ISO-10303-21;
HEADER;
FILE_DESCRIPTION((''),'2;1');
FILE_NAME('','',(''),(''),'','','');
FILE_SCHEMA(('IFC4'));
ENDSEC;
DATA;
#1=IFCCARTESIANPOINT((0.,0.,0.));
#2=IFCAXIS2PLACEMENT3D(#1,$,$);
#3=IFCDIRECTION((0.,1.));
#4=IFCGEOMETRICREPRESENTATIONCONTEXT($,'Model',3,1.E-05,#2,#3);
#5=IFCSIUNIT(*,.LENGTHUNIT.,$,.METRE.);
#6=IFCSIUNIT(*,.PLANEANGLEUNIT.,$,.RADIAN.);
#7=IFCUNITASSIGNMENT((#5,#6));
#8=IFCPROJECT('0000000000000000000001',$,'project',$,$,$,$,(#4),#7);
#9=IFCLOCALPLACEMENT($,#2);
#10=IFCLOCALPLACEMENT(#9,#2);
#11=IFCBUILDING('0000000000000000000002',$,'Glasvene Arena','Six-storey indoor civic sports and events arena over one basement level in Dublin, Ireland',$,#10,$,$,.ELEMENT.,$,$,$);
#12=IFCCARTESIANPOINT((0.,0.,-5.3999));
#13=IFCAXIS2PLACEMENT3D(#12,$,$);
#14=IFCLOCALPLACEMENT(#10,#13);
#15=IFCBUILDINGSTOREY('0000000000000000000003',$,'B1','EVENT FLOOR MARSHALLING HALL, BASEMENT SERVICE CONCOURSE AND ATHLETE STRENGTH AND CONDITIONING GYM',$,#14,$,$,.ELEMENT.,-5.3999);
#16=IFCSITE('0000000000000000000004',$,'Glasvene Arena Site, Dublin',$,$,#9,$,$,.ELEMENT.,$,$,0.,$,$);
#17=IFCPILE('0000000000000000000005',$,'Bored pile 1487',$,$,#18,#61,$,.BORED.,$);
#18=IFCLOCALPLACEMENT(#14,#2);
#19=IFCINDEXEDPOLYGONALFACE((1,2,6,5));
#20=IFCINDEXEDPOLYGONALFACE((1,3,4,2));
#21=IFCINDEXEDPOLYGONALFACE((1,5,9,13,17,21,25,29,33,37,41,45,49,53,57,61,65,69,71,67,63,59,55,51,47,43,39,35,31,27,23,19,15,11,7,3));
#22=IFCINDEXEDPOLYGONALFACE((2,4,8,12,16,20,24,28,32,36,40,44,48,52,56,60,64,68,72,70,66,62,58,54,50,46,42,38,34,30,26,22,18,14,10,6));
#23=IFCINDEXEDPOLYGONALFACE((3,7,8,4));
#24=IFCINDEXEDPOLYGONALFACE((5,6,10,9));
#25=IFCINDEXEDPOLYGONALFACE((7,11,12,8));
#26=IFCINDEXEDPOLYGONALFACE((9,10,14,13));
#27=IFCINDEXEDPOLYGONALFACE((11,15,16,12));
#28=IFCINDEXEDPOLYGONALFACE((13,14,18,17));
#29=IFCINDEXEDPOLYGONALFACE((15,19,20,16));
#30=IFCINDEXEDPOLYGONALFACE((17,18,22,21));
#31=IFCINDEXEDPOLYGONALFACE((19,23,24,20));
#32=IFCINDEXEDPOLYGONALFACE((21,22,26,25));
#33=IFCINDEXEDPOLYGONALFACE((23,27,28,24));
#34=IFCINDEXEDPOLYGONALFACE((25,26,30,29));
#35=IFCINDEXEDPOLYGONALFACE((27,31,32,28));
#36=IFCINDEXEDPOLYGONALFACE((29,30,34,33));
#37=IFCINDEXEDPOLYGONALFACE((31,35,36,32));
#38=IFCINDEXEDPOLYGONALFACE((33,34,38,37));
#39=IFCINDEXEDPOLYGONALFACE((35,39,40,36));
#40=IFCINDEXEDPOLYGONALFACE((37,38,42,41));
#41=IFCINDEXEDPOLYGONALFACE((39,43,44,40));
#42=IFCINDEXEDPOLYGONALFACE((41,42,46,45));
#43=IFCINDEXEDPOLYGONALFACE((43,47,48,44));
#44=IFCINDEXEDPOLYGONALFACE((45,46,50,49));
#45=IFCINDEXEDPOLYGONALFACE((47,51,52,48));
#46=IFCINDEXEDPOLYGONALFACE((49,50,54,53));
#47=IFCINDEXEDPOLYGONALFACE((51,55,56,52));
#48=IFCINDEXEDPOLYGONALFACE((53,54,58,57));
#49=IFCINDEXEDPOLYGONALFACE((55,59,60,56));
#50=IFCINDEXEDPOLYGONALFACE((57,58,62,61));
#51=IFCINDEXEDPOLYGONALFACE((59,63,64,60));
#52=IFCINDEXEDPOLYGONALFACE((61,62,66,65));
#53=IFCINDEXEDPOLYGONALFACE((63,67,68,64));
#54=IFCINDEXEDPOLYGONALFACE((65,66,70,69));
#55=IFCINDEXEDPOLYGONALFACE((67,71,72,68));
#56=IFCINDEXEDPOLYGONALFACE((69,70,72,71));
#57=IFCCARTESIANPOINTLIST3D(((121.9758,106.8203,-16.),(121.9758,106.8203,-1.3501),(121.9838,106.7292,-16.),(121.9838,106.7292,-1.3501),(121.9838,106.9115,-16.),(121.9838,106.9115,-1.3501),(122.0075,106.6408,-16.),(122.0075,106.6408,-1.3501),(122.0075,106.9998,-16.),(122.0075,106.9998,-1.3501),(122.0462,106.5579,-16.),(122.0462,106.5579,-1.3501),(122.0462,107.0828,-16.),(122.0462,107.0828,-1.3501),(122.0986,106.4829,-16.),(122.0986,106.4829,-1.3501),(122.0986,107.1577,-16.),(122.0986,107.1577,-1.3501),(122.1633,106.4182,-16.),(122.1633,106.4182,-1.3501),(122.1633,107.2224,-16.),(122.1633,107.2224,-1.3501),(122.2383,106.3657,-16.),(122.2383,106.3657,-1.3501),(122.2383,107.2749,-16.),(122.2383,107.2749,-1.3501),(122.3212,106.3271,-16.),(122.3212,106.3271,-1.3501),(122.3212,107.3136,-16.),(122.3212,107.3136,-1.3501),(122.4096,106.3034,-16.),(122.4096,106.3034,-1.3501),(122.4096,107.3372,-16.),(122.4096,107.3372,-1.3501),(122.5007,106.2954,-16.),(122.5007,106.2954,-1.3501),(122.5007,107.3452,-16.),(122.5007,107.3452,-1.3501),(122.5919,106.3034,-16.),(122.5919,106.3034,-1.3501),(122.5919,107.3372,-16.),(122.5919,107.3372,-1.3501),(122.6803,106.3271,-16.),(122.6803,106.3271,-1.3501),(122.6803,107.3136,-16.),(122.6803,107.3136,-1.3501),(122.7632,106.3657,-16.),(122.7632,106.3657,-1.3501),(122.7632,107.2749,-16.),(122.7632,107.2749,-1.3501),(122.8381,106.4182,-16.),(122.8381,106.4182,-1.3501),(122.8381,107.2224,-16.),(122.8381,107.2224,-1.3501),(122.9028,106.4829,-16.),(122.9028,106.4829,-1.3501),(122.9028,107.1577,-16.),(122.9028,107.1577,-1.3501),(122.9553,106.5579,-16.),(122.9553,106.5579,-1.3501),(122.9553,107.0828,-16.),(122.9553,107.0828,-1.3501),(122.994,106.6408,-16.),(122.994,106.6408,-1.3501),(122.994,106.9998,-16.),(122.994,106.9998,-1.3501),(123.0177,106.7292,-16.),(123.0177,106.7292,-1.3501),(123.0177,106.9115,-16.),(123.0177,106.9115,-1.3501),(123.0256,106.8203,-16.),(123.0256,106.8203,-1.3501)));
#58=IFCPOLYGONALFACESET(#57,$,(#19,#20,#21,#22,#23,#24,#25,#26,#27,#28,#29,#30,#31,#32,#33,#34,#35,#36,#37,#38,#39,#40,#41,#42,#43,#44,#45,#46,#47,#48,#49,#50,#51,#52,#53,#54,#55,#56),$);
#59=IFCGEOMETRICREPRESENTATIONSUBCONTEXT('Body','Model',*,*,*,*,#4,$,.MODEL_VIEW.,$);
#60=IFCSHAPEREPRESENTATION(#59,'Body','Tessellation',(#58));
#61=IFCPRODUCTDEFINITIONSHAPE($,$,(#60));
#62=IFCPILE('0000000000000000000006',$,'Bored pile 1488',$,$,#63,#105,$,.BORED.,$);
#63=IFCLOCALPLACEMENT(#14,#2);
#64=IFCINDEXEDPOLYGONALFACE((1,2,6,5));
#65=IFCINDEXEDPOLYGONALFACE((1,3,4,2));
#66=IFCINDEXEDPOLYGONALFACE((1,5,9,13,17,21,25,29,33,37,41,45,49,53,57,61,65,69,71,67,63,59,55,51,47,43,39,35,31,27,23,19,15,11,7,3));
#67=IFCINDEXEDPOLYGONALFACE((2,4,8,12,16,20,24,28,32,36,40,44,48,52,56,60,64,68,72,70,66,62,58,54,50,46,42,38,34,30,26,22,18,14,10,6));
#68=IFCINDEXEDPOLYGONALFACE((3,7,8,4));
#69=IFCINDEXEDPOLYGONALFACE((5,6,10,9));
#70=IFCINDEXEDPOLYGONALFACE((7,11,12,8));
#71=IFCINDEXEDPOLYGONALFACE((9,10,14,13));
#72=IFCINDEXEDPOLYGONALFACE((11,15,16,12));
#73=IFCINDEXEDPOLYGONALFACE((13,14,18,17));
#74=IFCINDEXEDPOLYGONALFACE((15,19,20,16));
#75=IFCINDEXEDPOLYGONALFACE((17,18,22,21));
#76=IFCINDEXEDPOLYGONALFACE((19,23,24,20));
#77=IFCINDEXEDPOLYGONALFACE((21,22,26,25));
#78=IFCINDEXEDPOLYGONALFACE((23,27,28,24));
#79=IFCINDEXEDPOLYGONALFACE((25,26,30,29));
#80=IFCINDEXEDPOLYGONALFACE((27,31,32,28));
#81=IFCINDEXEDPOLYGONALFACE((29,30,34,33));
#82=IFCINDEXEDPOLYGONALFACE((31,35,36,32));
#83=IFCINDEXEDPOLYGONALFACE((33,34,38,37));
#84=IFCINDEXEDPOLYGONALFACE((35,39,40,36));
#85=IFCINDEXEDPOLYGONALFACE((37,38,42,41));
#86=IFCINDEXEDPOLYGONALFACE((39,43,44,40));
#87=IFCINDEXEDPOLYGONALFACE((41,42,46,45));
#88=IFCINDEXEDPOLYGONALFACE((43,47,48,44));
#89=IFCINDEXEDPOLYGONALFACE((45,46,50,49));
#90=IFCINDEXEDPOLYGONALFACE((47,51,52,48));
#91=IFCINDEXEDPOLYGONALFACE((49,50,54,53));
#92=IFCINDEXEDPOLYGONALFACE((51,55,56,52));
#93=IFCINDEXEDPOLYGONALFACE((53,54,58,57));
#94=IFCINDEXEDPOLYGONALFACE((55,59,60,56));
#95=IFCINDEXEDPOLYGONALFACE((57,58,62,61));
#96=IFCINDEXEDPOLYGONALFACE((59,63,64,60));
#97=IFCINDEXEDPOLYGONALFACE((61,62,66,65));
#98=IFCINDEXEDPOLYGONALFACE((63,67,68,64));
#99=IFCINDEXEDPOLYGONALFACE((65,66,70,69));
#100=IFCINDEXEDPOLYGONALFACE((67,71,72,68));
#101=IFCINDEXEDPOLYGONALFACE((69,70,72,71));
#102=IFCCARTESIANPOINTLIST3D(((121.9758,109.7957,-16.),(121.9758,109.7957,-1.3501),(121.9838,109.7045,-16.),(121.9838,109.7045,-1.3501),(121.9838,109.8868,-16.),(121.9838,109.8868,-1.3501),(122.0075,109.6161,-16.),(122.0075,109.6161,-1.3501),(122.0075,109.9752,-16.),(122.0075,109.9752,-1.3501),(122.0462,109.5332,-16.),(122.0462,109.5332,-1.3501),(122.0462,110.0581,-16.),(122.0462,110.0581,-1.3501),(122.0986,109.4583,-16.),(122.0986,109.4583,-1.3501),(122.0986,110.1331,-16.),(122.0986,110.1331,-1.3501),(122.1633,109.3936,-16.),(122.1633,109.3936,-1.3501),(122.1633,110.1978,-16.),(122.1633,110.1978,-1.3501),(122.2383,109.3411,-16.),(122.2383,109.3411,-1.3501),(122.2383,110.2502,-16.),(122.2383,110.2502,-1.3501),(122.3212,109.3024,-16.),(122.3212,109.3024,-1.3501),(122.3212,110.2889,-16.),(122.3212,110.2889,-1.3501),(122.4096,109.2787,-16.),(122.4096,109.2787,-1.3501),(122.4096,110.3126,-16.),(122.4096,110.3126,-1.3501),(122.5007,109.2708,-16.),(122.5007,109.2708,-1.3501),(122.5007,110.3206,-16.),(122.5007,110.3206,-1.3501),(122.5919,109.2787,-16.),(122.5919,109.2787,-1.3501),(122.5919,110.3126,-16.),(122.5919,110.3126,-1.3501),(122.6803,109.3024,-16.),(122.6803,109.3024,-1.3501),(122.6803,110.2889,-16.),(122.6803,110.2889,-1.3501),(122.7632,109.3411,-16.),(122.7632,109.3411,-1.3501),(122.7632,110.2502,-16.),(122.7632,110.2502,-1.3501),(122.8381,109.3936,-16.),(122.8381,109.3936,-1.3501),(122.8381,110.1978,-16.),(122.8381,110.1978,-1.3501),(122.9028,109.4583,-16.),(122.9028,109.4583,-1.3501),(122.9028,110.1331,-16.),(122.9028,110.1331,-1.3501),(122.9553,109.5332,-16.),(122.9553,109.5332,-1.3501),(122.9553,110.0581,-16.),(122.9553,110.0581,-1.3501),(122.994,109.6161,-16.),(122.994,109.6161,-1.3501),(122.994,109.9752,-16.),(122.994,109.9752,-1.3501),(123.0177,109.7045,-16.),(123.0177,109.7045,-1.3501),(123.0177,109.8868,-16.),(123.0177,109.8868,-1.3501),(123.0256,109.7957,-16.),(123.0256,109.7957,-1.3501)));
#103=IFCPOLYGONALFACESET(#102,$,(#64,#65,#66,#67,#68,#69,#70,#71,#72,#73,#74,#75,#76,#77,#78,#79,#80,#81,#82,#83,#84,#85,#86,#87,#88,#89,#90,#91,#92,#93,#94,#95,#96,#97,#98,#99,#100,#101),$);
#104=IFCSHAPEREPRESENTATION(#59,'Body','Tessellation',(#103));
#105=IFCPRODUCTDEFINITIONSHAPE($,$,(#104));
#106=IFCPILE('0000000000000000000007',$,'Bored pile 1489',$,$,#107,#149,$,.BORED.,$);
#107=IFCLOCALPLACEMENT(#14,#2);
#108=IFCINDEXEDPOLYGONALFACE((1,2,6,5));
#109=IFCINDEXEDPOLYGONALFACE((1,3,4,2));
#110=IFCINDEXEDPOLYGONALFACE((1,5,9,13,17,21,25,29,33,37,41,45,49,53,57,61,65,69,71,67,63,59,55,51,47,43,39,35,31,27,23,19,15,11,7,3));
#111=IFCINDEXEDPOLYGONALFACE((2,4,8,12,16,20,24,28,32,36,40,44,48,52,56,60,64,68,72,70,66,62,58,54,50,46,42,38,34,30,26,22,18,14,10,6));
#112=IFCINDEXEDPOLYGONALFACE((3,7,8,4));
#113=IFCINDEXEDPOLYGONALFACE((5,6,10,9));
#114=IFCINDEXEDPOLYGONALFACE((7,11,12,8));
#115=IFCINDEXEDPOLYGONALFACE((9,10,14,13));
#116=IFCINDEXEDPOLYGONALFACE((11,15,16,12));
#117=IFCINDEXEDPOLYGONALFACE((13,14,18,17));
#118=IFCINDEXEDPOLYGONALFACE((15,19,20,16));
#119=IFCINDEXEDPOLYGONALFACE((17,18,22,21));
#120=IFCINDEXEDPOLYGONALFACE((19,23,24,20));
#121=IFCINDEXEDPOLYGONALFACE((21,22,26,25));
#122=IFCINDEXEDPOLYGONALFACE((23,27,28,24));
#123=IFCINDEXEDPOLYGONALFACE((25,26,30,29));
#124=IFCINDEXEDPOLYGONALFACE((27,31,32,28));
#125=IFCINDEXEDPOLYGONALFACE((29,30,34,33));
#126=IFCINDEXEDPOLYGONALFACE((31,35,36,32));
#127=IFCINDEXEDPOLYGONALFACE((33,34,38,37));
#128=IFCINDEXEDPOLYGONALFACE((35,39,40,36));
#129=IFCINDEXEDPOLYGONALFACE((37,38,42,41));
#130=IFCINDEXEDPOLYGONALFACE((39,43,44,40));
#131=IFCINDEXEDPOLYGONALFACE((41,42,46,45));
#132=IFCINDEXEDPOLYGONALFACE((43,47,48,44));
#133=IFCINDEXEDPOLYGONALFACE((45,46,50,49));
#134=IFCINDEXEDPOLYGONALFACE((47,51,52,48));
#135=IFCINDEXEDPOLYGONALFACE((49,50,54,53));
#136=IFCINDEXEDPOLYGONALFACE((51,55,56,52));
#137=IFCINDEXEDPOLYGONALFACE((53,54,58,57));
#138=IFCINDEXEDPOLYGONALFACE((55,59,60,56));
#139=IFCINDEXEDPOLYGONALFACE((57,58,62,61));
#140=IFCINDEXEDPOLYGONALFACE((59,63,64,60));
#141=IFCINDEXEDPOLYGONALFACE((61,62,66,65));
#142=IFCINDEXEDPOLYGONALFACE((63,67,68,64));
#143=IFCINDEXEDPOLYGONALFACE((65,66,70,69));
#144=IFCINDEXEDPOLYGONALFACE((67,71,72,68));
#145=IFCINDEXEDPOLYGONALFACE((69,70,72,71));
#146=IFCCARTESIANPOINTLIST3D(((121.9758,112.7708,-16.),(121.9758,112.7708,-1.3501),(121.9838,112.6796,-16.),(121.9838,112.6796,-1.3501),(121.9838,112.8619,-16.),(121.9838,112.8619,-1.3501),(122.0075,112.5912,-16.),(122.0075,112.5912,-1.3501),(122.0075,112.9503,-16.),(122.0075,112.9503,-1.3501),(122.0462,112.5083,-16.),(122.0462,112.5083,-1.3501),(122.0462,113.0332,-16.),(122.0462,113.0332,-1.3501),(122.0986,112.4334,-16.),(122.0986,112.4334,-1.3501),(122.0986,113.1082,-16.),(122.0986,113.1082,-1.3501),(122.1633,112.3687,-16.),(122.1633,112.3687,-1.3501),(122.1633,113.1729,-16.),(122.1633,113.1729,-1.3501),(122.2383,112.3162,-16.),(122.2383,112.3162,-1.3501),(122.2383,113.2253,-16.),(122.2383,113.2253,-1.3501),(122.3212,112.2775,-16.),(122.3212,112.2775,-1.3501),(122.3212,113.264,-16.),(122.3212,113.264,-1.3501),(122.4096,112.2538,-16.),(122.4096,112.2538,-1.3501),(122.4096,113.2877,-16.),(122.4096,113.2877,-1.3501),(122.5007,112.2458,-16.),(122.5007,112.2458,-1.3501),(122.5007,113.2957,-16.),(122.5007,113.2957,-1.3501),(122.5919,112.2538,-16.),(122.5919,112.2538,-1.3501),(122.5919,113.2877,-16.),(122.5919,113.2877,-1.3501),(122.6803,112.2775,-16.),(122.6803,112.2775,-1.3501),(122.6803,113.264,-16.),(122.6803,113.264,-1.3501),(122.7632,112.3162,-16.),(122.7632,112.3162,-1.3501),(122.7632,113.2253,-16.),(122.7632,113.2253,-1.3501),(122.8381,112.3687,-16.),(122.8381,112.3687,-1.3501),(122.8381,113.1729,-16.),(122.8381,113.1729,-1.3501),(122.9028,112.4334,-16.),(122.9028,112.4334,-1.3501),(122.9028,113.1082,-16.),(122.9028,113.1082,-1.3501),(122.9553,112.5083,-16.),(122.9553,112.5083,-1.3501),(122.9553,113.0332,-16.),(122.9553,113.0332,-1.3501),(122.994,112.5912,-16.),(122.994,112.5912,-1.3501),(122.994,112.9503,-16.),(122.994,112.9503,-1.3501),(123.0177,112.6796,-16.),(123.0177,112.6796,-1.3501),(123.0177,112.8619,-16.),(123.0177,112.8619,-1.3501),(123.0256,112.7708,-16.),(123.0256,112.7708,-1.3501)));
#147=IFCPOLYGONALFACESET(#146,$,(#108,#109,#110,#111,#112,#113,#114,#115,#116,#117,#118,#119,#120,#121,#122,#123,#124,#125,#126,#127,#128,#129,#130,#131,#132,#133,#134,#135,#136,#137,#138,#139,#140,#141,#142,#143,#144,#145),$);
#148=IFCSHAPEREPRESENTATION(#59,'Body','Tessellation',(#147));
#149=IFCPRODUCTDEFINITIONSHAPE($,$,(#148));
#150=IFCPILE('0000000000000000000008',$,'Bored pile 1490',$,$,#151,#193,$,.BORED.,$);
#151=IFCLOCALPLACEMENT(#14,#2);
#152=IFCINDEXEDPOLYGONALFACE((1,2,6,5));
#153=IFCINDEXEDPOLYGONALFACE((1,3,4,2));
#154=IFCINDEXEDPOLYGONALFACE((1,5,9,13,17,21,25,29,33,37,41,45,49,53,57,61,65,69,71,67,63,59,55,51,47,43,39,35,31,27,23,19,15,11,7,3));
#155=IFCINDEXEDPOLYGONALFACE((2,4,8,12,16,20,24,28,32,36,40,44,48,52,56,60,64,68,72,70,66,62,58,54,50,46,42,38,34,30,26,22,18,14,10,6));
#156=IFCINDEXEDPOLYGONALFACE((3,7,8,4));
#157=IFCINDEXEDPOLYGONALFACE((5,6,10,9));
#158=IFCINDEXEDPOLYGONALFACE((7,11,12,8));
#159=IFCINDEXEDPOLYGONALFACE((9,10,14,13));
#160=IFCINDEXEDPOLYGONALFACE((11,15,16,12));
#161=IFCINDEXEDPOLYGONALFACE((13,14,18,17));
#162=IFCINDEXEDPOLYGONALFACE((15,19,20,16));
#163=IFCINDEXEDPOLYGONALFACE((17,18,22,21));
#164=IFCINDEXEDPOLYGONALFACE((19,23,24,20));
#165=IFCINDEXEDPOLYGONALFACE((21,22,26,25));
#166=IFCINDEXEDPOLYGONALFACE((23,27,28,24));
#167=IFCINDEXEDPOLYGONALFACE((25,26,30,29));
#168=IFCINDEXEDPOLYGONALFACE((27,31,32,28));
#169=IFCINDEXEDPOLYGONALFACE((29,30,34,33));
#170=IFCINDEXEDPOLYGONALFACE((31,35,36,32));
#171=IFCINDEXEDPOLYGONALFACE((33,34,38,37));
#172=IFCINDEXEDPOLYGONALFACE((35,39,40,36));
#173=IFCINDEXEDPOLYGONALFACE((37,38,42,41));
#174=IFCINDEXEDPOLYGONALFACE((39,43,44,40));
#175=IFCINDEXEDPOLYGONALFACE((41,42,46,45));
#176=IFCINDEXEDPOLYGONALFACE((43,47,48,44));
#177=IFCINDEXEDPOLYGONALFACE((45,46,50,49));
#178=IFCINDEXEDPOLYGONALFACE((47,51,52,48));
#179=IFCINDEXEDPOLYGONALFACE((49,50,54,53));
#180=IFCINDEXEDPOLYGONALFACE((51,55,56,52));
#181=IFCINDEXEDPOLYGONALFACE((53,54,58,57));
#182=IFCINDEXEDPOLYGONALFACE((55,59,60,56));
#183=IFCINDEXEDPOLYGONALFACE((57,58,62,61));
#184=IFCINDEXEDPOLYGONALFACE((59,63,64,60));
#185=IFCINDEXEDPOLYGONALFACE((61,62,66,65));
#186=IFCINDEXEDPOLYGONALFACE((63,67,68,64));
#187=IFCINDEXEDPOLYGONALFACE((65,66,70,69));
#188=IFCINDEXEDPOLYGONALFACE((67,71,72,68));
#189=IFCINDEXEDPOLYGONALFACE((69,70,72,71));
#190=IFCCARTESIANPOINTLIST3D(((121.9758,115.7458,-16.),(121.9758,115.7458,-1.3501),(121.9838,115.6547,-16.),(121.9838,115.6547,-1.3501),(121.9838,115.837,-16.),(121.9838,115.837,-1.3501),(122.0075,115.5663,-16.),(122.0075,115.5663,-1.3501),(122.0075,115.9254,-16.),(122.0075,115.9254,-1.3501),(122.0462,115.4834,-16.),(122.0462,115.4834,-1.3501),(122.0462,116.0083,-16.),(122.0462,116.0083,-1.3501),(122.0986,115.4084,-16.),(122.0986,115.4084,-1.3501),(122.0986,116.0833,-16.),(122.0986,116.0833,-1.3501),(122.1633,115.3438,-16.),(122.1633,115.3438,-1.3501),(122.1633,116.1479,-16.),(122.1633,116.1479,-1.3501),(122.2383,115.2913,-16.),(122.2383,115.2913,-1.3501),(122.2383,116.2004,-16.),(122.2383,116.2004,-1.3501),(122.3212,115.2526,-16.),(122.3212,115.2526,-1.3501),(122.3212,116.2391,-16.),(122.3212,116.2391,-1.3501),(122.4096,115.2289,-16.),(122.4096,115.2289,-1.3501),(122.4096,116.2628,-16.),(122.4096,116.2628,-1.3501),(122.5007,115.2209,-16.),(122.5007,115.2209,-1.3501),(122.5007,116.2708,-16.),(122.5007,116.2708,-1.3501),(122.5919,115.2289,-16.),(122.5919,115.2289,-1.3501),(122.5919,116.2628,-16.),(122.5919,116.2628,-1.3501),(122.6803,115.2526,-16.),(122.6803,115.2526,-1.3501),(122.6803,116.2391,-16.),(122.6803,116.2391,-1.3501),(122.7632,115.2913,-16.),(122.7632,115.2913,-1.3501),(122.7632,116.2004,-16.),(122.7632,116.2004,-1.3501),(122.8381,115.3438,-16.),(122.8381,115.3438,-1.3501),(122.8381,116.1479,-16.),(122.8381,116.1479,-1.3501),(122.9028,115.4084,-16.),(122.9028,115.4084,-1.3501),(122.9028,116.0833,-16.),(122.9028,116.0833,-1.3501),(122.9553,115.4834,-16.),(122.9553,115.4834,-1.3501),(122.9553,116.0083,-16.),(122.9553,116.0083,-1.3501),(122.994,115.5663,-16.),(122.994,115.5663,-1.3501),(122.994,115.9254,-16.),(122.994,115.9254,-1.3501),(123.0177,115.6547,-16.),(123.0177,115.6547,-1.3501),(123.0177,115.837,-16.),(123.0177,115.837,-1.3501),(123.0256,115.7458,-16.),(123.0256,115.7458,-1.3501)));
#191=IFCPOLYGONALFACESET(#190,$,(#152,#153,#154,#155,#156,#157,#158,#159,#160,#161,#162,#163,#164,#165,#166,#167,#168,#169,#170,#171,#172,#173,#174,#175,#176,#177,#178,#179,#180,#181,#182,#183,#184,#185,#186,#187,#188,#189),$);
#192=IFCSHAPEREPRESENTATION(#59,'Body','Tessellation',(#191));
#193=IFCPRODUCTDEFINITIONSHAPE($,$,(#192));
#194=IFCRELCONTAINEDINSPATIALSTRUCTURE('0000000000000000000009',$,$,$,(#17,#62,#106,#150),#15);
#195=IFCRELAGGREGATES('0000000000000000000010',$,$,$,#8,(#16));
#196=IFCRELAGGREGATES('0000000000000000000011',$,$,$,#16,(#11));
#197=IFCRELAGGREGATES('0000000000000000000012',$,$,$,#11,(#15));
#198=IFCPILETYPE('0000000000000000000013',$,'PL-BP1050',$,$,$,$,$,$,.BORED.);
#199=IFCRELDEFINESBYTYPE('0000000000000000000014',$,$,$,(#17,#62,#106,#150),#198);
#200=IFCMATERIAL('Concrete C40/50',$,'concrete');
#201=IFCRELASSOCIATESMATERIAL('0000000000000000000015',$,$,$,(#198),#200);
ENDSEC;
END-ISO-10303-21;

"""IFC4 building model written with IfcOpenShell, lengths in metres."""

from ifc_helpers import new_model, si_unit, direction, frame, origin, origin_2d, place, context, subcontext, project, spatial, circle, extrude, material, material_profile, profile_set, type_object, element, save


model = new_model("IFC4")

# Units and contexts
model_context = context("Model", 3, precision=1e-05, world=origin(), true_north=direction((0.0, 1.0)))
body_context = subcontext(model_context, "Body", "Model", "MODEL_VIEW")
ifc_project = project(units=[si_unit("LENGTHUNIT", "METRE"), si_unit("PLANEANGLEUNIT", "RADIAN")], contexts=[model_context])

# Site, building, storey
site_placement = place(None, origin())
site = spatial("IfcSite", under=ifc_project, at=site_placement, Name="Glasvene Arena Site, Dublin", CompositionType="ELEMENT", RefElevation=0.0)
building_placement = place(site_placement, origin())
building = spatial("IfcBuilding", under=site, at=building_placement, Name="Glasvene Arena", Description="Six-storey indoor civic sports and events arena over one basement level in Dublin, Ireland", CompositionType="ELEMENT")
storey_placement = place(building_placement, frame((0.0, 0.0, -5.3999)))
storey = spatial("IfcBuildingStorey", under=building, at=storey_placement, Name="B1", Description="EVENT FLOOR MARSHALLING HALL, BASEMENT SERVICE CONCOURSE AND ATHLETE STRENGTH AND CONDITIONING GYM", CompositionType="ELEMENT", Elevation=-5.3999)

# Piles
ifc_material_1 = material(Name="Concrete C40/50", Category="concrete")
ifc_material_profile_1 = material_profile(ifc_material_1, circle(Radius=0.5249, at=origin_2d()), Name="BORED PILE 1050")
ifc_profile_set_1 = profile_set([ifc_material_profile_1], Name="Concrete C40/50")
pile_type = type_object("IfcPileType", Name="PL-BP1050", PredefinedType="BORED", material=ifc_profile_set_1)
for number, where, z_axis, x_axis, name in (
    (1, (122.5007, 106.8203, -1.3501), (0.0, 0.0, -1.0), (1.0, 0.0, 0.0), "Bored pile 1487"),
    (2, (122.5007, 109.7957, -1.3501), (0.0, 0.0, -1.0), (1.0, 0.0, 0.0), "Bored pile 1488"),
    (3, (122.5007, 112.7708, -1.3501), (0.0, 0.0, -1.0), (1.0, 0.0, 0.0), "Bored pile 1489"),
    (4, (122.5007, 115.7458, -1.3501), (0.0, 0.0, -1.0), (1.0, 0.0, 0.0), "Bored pile 1490"),
):
    element("IfcPile", number, at=place(storey_placement, frame(where, z_axis=z_axis, x_axis=x_axis)), inside=storey, type_object=pile_type, Name=name, PredefinedType="BORED", context=body_context, shape_type="SweptSolid", body=[
        extrude(circle(Radius=0.5249, at=origin_2d()), origin(), (0.0, 0.0, 1.0), 14.6499),
    ])

save(model, "model.ifc")
